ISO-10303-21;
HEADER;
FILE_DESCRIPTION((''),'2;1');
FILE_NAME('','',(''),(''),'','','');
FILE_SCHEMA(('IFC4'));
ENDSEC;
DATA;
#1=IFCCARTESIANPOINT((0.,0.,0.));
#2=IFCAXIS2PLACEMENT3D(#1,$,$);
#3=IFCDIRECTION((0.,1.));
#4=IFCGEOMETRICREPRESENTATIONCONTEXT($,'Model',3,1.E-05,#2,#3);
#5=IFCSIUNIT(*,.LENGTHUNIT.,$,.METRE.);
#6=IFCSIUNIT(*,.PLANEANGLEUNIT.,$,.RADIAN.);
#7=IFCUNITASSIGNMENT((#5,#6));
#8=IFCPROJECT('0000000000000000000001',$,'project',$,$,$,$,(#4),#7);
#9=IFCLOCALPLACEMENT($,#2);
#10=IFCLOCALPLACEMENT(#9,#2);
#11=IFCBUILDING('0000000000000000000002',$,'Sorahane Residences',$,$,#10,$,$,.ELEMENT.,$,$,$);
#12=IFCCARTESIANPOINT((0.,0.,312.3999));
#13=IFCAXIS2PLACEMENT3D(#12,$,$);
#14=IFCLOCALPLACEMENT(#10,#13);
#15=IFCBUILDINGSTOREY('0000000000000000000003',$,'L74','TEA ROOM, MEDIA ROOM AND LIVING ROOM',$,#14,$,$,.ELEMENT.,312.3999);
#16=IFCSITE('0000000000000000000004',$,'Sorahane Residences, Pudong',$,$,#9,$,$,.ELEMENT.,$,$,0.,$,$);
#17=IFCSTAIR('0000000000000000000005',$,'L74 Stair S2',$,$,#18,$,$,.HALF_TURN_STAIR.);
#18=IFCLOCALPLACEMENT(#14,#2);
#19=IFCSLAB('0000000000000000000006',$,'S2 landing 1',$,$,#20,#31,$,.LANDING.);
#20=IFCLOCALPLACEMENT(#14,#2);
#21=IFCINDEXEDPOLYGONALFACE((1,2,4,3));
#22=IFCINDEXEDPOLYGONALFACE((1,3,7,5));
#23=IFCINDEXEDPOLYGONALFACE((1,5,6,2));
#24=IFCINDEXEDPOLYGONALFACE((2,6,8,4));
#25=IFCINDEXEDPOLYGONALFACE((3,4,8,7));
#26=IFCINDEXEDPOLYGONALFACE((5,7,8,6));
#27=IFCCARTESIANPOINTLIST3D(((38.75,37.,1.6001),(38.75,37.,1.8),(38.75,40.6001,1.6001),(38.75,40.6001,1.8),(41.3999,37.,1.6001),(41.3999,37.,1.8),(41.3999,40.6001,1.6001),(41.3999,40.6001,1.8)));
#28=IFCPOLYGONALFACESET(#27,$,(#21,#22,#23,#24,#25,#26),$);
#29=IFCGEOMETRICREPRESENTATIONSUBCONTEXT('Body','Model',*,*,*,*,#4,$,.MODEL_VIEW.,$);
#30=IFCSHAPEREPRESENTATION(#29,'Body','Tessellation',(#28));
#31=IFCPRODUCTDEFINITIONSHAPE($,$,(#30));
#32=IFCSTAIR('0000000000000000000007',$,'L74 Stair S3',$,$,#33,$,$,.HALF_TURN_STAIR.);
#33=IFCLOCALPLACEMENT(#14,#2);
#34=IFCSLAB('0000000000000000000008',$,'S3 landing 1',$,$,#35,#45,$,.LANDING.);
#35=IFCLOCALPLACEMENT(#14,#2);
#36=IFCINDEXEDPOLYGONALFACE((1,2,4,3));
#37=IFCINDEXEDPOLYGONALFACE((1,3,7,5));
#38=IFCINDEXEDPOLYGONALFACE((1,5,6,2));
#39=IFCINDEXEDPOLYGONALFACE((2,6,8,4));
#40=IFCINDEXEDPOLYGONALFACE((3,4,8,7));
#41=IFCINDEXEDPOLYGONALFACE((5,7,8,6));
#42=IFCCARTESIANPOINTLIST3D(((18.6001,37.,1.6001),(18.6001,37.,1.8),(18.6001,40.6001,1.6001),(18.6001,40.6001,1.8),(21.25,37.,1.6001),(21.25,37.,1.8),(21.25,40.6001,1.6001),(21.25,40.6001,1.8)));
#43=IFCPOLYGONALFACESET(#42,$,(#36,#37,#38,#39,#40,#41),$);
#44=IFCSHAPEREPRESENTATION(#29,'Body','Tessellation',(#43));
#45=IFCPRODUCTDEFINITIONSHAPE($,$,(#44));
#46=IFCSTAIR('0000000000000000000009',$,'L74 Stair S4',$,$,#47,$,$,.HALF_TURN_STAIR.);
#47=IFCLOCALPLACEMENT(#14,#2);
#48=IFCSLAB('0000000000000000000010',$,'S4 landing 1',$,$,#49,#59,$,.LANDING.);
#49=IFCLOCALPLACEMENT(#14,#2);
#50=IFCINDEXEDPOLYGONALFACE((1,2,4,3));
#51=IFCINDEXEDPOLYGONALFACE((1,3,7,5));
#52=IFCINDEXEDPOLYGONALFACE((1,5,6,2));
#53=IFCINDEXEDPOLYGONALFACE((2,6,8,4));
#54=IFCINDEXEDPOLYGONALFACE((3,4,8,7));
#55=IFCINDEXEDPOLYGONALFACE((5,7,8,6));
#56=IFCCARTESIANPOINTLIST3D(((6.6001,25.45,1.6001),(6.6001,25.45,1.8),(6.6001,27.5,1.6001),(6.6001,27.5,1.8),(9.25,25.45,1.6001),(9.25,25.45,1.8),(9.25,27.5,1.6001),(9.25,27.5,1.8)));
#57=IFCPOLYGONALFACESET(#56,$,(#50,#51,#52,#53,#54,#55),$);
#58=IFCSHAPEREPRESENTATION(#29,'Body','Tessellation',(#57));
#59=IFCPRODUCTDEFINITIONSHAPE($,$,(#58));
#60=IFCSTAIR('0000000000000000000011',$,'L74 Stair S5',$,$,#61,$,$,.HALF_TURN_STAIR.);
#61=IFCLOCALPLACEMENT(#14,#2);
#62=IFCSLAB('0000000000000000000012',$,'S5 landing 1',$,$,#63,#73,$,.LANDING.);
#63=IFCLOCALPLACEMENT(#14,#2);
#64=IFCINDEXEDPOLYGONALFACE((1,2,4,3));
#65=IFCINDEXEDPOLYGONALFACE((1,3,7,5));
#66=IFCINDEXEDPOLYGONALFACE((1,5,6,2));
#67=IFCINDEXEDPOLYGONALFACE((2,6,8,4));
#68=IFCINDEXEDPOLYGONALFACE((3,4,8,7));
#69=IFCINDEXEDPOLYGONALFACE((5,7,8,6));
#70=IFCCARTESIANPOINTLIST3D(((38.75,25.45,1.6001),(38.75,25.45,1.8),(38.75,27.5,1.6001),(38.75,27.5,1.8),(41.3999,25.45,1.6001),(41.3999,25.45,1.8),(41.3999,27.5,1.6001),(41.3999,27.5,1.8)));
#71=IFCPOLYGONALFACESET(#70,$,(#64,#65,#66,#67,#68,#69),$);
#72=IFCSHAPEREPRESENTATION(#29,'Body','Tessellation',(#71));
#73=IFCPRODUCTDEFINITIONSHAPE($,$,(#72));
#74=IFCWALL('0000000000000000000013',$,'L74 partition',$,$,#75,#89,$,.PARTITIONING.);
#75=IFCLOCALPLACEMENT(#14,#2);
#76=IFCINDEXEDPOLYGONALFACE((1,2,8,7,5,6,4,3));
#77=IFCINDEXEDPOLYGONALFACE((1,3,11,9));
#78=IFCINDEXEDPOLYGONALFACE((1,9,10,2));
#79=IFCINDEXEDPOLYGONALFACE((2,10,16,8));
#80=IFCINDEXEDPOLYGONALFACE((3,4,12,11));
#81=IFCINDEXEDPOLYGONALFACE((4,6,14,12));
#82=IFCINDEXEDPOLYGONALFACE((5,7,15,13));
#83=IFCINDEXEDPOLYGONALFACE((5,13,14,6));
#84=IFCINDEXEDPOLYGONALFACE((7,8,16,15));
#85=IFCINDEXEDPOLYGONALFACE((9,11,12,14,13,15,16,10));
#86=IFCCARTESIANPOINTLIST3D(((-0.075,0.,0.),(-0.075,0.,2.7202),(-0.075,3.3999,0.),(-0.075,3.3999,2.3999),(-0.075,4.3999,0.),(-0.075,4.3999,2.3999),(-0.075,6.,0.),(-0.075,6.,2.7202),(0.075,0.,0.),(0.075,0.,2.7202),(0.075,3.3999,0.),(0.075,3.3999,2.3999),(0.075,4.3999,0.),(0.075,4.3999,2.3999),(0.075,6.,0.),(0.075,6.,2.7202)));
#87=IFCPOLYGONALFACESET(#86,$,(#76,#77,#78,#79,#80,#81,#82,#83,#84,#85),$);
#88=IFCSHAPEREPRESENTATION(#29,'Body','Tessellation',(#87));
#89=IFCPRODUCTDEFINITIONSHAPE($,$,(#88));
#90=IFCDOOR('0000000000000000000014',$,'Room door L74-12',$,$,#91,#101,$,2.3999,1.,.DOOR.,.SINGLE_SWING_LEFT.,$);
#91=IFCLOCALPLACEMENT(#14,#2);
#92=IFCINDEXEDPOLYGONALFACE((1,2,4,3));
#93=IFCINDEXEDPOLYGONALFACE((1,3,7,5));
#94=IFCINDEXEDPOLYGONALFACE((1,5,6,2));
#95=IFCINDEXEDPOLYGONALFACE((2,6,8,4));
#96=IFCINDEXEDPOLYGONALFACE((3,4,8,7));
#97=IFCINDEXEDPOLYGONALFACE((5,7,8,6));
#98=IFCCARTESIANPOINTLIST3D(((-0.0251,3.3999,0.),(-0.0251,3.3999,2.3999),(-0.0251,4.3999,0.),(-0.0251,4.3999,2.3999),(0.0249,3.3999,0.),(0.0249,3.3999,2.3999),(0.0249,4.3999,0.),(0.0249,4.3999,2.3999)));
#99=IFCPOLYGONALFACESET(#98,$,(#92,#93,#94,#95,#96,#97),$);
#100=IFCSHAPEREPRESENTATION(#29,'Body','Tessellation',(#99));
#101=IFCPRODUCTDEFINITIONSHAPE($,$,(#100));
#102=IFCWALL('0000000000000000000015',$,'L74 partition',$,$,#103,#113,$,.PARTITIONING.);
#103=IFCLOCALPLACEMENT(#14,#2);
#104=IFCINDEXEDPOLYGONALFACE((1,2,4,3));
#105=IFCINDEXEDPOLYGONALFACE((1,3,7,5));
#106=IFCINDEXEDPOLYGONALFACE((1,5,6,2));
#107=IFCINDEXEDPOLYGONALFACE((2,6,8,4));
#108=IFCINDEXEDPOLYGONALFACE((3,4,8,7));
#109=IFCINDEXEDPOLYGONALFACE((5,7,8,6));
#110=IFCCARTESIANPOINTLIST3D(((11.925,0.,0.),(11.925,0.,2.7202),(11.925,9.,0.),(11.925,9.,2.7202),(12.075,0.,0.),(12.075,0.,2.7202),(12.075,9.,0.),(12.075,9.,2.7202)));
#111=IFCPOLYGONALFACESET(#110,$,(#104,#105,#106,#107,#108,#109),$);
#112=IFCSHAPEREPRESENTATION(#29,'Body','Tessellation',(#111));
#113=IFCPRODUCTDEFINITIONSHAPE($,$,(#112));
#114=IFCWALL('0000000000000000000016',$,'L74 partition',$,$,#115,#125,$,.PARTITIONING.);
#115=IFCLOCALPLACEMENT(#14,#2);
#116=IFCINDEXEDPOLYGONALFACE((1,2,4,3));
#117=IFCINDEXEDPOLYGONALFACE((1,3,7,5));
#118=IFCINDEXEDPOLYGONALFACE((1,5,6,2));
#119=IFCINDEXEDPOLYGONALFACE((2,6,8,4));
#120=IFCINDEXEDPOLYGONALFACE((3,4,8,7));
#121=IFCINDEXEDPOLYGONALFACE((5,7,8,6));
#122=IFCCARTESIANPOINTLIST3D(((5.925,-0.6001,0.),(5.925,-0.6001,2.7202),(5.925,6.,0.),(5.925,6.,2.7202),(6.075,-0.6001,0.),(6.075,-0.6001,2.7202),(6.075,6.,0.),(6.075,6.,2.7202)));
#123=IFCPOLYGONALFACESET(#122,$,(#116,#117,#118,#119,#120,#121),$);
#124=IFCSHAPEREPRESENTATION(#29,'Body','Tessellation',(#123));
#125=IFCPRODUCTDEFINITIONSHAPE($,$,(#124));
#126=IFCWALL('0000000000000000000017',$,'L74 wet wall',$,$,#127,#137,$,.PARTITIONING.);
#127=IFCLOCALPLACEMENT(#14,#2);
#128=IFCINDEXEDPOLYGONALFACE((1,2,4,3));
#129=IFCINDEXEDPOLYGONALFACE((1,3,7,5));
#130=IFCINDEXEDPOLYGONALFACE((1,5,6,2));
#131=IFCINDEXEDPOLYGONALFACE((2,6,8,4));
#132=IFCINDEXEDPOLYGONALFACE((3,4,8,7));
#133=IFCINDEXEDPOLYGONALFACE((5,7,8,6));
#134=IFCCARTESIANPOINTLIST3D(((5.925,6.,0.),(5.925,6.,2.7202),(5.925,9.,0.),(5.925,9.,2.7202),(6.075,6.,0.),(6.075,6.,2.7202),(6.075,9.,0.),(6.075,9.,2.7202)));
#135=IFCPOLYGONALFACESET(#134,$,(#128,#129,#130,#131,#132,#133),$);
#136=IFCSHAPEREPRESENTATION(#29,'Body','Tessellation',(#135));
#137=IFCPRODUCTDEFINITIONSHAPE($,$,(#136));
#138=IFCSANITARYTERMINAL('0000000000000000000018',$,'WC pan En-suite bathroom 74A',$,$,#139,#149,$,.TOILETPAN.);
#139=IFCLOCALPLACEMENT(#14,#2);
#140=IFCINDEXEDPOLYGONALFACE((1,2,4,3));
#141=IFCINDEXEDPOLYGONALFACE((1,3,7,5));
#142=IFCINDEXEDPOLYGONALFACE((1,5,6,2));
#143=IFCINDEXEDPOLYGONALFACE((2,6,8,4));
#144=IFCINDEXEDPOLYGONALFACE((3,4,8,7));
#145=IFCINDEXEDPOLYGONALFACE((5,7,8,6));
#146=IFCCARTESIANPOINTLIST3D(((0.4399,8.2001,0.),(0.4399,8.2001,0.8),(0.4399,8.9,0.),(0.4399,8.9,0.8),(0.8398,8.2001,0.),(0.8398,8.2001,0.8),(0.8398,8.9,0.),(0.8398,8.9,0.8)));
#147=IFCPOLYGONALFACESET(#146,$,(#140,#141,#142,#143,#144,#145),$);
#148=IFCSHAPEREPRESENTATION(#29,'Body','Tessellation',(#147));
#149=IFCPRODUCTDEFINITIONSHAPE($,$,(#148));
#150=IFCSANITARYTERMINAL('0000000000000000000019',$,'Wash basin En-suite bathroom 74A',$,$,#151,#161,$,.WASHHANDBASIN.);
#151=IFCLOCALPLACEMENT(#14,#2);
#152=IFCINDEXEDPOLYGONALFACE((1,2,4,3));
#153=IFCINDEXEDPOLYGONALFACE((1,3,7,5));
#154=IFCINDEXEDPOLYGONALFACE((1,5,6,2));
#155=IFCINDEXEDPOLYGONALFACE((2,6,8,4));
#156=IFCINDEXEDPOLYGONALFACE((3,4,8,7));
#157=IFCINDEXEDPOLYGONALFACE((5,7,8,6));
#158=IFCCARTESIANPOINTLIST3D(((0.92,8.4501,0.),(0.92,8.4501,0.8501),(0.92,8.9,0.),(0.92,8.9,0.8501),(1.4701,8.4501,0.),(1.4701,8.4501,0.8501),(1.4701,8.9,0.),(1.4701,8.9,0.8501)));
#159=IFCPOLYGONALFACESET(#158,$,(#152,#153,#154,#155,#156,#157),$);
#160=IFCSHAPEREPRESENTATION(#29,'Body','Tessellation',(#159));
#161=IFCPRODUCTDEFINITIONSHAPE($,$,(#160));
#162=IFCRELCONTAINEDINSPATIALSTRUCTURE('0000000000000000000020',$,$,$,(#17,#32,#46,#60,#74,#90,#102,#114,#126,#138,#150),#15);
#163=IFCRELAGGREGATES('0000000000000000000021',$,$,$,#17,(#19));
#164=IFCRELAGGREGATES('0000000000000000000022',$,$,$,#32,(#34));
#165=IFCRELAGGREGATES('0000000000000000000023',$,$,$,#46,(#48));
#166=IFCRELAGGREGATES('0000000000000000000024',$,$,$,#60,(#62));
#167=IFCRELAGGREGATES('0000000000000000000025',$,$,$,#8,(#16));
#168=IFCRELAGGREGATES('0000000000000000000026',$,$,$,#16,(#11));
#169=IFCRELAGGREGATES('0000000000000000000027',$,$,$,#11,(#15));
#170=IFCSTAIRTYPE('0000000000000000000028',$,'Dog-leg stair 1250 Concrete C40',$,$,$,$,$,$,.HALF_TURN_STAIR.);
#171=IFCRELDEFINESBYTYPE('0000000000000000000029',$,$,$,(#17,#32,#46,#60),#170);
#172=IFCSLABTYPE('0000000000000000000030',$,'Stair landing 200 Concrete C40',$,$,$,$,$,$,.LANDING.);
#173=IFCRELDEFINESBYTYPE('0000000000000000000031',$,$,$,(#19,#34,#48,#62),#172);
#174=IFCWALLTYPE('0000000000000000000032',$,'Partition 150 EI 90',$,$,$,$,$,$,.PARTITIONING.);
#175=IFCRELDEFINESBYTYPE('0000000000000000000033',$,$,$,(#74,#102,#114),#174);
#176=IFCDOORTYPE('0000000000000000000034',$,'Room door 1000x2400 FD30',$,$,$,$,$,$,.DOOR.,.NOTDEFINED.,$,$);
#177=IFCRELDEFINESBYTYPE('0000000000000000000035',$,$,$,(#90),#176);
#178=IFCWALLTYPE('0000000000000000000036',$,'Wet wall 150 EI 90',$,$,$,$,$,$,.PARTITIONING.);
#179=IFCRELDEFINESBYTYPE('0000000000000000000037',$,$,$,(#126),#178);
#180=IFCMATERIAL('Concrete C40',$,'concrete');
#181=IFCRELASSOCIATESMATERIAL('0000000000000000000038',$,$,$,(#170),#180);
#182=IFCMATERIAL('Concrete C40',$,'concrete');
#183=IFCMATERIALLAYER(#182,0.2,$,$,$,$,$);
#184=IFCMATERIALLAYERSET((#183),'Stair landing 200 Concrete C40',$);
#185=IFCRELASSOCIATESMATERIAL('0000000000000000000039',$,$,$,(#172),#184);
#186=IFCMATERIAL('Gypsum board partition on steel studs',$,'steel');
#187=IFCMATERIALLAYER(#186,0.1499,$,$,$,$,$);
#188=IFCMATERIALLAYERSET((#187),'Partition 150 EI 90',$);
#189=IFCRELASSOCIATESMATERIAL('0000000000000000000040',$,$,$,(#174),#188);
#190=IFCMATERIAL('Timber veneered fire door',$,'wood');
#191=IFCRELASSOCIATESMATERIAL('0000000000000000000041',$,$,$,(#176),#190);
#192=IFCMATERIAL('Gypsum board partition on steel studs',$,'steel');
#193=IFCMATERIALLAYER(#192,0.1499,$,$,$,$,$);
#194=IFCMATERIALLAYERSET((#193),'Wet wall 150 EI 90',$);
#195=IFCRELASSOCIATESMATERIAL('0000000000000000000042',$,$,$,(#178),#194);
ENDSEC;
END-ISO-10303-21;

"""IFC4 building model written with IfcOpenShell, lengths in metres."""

from ifc_helpers import new_model, si_unit, direction, frame, frame_2d, origin, origin_2d, place, context, subcontext, project, spatial, polyline, rectangle, outline, extrude, material, layer, layer_set, type_object, element, fill, aggregate, save


model = new_model("IFC4")

# Units and contexts
model_context = context("Model", 3, precision=1e-05, world=origin(), true_north=direction((0.0, 1.0)))
body_context = subcontext(model_context, "Body", "Model", "MODEL_VIEW")
ifc_project = project(units=[si_unit("LENGTHUNIT", "METRE"), si_unit("PLANEANGLEUNIT", "RADIAN")], contexts=[model_context])

# Site, building, storey
site_placement = place(None, origin())
site = spatial("IfcSite", under=ifc_project, at=site_placement, Name="Sorahane Residences, Pudong", CompositionType="ELEMENT", RefElevation=0.0)
building_placement = place(site_placement, origin())
building = spatial("IfcBuilding", under=site, at=building_placement, Name="Sorahane Residences", CompositionType="ELEMENT")
storey_placement = place(building_placement, frame((0.0, 0.0, 312.3999)))
storey = spatial("IfcBuildingStorey", under=building, at=storey_placement, Name="L74", Description="TEA ROOM, MEDIA ROOM AND LIVING ROOM", CompositionType="ELEMENT", Elevation=312.3999)

# Stairs, slabs
ifc_material_1 = material(Name="Concrete C40", Category="concrete")
stair_type = type_object("IfcStairType", Name="Dog-leg stair 1250 Concrete C40", PredefinedType="HALF_TURN_STAIR", material=ifc_material_1)
ifc_material_2 = material(Name="Concrete C40", Category="concrete")
ifc_layer_1 = layer(ifc_material_2, 0.2)
ifc_layer_set_1 = layer_set([ifc_layer_1], Name="Stair landing 200 Concrete C40")
slab_type_1 = type_object("IfcSlabType", Name="Stair landing 200 Concrete C40", PredefinedType="LANDING", material=ifc_layer_set_1)
stair_1_placement = place(storey_placement, origin())
stair_1 = element("IfcStair", 1, at=stair_1_placement, inside=storey, type_object=stair_type, Name="L74 Stair S2", PredefinedType="HALF_TURN_STAIR")
slab_1_placement = place(storey_placement, frame((0.0, 0.0, 1.6001)))
slab_1 = element("IfcSlab", 2, at=slab_1_placement, type_object=slab_type_1, Name="S2 landing 1", PredefinedType="LANDING", context=body_context, shape_type="SweptSolid", body=[
    extrude(outline(polyline([(38.75, 40.6001), (38.75, 37.0), (41.3999, 37.0), (41.3999, 40.6001), (38.75, 40.6001)])), origin(), (0.0, 0.0, 1.0), 0.2),
])
aggregate(stair_1, [slab_1])
stair_2_placement = place(storey_placement, origin())
stair_2 = element("IfcStair", 3, at=stair_2_placement, inside=storey, type_object=stair_type, Name="L74 Stair S3", PredefinedType="HALF_TURN_STAIR")
slab_2_placement = place(storey_placement, frame((0.0, 0.0, 1.6001)))
slab_2 = element("IfcSlab", 4, at=slab_2_placement, type_object=slab_type_1, Name="S3 landing 1", PredefinedType="LANDING", context=body_context, shape_type="SweptSolid", body=[
    extrude(outline(polyline([(18.6001, 40.6001), (18.6001, 37.0), (21.25, 37.0), (21.25, 40.6001), (18.6001, 40.6001)])), origin(), (0.0, 0.0, 1.0), 0.2),
])
aggregate(stair_2, [slab_2])
stair_3_placement = place(storey_placement, origin())
stair_3 = element("IfcStair", 5, at=stair_3_placement, inside=storey, type_object=stair_type, Name="L74 Stair S4", PredefinedType="HALF_TURN_STAIR")
slab_3_placement = place(storey_placement, frame((0.0, 0.0, 1.6001)))
slab_3 = element("IfcSlab", 6, at=slab_3_placement, type_object=slab_type_1, Name="S4 landing 1", PredefinedType="LANDING", context=body_context, shape_type="SweptSolid", body=[
    extrude(outline(polyline([(9.25, 25.45), (9.25, 27.5), (6.6001, 27.5), (6.6001, 25.45), (9.25, 25.45)])), origin(), (0.0, 0.0, 1.0), 0.2),
])
aggregate(stair_3, [slab_3])
stair_4_placement = place(storey_placement, origin())
stair_4 = element("IfcStair", 7, at=stair_4_placement, inside=storey, type_object=stair_type, Name="L74 Stair S5", PredefinedType="HALF_TURN_STAIR")
slab_4_placement = place(storey_placement, frame((0.0, 0.0, 1.6001)))
slab_4 = element("IfcSlab", 8, at=slab_4_placement, type_object=slab_type_1, Name="S5 landing 1", PredefinedType="LANDING", context=body_context, shape_type="SweptSolid", body=[
    extrude(outline(polyline([(41.3999, 25.45), (41.3999, 27.5), (38.75, 27.5), (38.75, 25.45), (41.3999, 25.45)])), origin(), (0.0, 0.0, 1.0), 0.2),
])
aggregate(stair_4, [slab_4])

# Wall, opening, door
ifc_material_3 = material(Name="Gypsum board partition on steel studs", Category="steel")
ifc_layer_2 = layer(ifc_material_3, 0.1499)
ifc_layer_set_2 = layer_set([ifc_layer_2], Name="Partition 150 EI 90")
wall_type_1 = type_object("IfcWallType", Name="Partition 150 EI 90", PredefinedType="PARTITIONING", material=ifc_layer_set_2)
wall_1_placement = place(storey_placement, frame((0.0, 0.0, 0.0), z_axis=(0.0, 0.0, 1.0), x_axis=(0.0, 1.0, 0.0)))
wall_1 = element("IfcWall", 9, at=wall_1_placement, inside=storey, type_object=wall_type_1, Name="L74 partition", PredefinedType="PARTITIONING", context=body_context, shape_type="SweptSolid", body=[
    extrude(rectangle(XDim=6.0, YDim=0.1499, at=frame_2d((3.0, 0.0))), origin(), (0.0, 0.0, 1.0), 2.7202),
])
opening_placement = place(wall_1_placement, frame((3.3999, 0.0, 0.0)))
opening = element("IfcOpeningElement", 10, at=opening_placement, cuts=wall_1, PredefinedType="OPENING", context=body_context, shape_type="SweptSolid", body=[
    extrude(rectangle(XDim=1.0, YDim=2.3999, at=frame_2d((0.5, 1.2))), frame((0.0, 0.085, 0.0), z_axis=(0.0, -1.0, 0.0), x_axis=(1.0, 0.0, 0.0)), (0.0, 0.0, 1.0), 0.1699),
])
ifc_material_4 = material(Name="Timber veneered fire door", Category="wood")
door_type = type_object("IfcDoorType", Name="Room door 1000x2400 FD30", OperationType="NOTDEFINED", PredefinedType="DOOR", material=ifc_material_4)
door_placement = place(opening_placement, frame((1.0, 0.0, 0.0), z_axis=(0.0, 0.0, 1.0), x_axis=(-1.0, 0.0, 0.0)))
door = element("IfcDoor", 11, at=door_placement, inside=storey, type_object=door_type, Name="Room door L74-12", OperationType="SINGLE_SWING_LEFT", OverallHeight=2.3999, OverallWidth=1.0, PredefinedType="DOOR", context=body_context, shape_type="SweptSolid", body=[
    extrude(rectangle(XDim=1.0, YDim=2.3999, at=frame_2d((0.5, 1.2))), frame((0.0, 0.0249, 0.0), z_axis=(0.0, -1.0, 0.0), x_axis=(1.0, 0.0, 0.0)), (0.0, 0.0, 1.0), 0.05),
])
fill(opening, door)

# Walls
wall_2_placement = place(storey_placement, frame((12.0, 0.0, 0.0), z_axis=(0.0, 0.0, 1.0), x_axis=(0.0, 1.0, 0.0)))
element("IfcWall", 12, at=wall_2_placement, inside=storey, type_object=wall_type_1, Name="L74 partition", PredefinedType="PARTITIONING", context=body_context, shape_type="SweptSolid", body=[
    extrude(rectangle(XDim=9.0, YDim=0.1499, at=frame_2d((4.5, 0.0))), origin(), (0.0, 0.0, 1.0), 2.7202),
])
wall_3_placement = place(storey_placement, frame((6.0, -0.6001, 0.0), z_axis=(0.0, 0.0, 1.0), x_axis=(0.0, 1.0, 0.0)))
element("IfcWall", 13, at=wall_3_placement, inside=storey, type_object=wall_type_1, Name="L74 partition", PredefinedType="PARTITIONING", context=body_context, shape_type="SweptSolid", body=[
    extrude(rectangle(XDim=6.6001, YDim=0.1499, at=frame_2d((3.3, 0.0))), origin(), (0.0, 0.0, 1.0), 2.7202),
])
ifc_material_5 = material(Name="Gypsum board partition on steel studs", Category="steel")
ifc_layer_3 = layer(ifc_material_5, 0.1499)
ifc_layer_set_3 = layer_set([ifc_layer_3], Name="Wet wall 150 EI 90")
wall_type_2 = type_object("IfcWallType", Name="Wet wall 150 EI 90", PredefinedType="PARTITIONING", material=ifc_layer_set_3)
wall_4_placement = place(storey_placement, frame((6.0, 6.0, 0.0), z_axis=(0.0, 0.0, 1.0), x_axis=(0.0, 1.0, 0.0)))
element("IfcWall", 14, at=wall_4_placement, inside=storey, type_object=wall_type_2, Name="L74 wet wall", PredefinedType="PARTITIONING", context=body_context, shape_type="SweptSolid", body=[
    extrude(rectangle(XDim=3.0, YDim=0.1499, at=frame_2d((1.5, 0.0))), origin(), (0.0, 0.0, 1.0), 2.7202),
])

# Sanitary terminals
sanitary_terminal_1_placement = place(storey_placement, frame((0.6399, 8.55, 0.0), z_axis=(0.0, 0.0, 1.0), x_axis=(1.0, 0.0, 0.0)))
element("IfcSanitaryTerminal", 15, at=sanitary_terminal_1_placement, inside=storey, Name="WC pan En-suite bathroom 74A", PredefinedType="TOILETPAN", context=body_context, shape_type="SweptSolid", body=[
    extrude(rectangle(XDim=0.3999, YDim=0.7, at=origin_2d()), origin(), (0.0, 0.0, 1.0), 0.8),
])
sanitary_terminal_2_placement = place(storey_placement, frame((1.1951, 8.675, 0.0), z_axis=(0.0, 0.0, 1.0), x_axis=(1.0, 0.0, 0.0)))
element("IfcSanitaryTerminal", 16, at=sanitary_terminal_2_placement, inside=storey, Name="Wash basin En-suite bathroom 74A", PredefinedType="WASHHANDBASIN", context=body_context, shape_type="SweptSolid", body=[
    extrude(rectangle(XDim=0.55, YDim=0.45, at=origin_2d()), origin(), (0.0, 0.0, 1.0), 0.8501),
])

save(model, "model.ifc")
